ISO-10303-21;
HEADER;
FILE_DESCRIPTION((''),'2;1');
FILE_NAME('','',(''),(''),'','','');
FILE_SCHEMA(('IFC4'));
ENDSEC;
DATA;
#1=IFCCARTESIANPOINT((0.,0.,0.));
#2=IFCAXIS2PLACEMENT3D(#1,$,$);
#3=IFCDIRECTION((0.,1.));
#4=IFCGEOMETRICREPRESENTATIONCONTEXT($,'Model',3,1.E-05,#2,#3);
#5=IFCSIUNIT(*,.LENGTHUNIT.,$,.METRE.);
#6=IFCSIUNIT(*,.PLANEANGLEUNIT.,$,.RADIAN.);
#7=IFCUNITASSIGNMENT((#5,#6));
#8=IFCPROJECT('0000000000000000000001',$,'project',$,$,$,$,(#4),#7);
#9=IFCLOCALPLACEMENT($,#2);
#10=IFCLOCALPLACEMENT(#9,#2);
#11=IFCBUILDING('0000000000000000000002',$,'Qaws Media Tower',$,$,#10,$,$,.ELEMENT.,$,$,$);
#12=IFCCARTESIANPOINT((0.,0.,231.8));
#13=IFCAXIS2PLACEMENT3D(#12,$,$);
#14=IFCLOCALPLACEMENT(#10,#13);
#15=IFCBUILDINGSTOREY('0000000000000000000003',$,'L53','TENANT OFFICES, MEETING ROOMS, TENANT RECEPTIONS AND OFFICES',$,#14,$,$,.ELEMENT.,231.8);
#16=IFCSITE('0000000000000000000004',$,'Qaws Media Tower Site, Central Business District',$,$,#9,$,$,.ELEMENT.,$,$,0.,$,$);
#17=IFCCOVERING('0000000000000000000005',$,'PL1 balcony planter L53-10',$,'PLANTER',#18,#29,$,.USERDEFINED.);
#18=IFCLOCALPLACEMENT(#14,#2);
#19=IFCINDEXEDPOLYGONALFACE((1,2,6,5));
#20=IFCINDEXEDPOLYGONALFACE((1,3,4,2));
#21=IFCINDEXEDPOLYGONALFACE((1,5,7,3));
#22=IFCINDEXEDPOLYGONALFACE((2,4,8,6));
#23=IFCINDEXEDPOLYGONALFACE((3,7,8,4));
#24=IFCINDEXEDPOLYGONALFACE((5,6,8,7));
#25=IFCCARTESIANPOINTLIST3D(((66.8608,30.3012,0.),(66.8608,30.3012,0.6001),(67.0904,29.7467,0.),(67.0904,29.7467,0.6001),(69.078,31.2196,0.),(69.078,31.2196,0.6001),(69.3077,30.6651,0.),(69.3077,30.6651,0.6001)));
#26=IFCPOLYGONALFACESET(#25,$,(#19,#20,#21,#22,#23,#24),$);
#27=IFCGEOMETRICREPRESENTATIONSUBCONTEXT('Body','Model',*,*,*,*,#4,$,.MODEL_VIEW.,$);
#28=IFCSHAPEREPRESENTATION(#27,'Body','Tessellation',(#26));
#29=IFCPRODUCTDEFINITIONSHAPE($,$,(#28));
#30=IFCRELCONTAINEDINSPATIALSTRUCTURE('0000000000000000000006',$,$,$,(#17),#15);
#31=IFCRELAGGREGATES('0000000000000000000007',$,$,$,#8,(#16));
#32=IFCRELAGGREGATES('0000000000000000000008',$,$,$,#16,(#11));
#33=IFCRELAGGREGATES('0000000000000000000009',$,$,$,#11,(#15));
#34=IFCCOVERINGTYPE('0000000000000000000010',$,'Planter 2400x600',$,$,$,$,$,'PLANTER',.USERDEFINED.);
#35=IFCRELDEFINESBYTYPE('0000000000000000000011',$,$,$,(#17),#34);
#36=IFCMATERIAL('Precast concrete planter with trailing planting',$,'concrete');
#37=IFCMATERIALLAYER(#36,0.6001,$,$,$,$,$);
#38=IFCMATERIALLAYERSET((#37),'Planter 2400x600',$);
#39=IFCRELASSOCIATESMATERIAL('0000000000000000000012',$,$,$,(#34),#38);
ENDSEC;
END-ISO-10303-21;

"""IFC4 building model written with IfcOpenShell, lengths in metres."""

from ifc_helpers import new_model, si_unit, direction, frame, origin, origin_2d, place, context, subcontext, project, spatial, rectangle, extrude, material, layer, layer_set, type_object, element, save


model = new_model("IFC4")

# Units and contexts
model_context = context("Model", 3, precision=1e-05, world=origin(), true_north=direction((0.0, 1.0)))
body_context = subcontext(model_context, "Body", "Model", "MODEL_VIEW")
ifc_project = project(units=[si_unit("LENGTHUNIT", "METRE"), si_unit("PLANEANGLEUNIT", "RADIAN")], contexts=[model_context])

# Site, building, storey
site_placement = place(None, origin())
site = spatial("IfcSite", under=ifc_project, at=site_placement, Name="Qaws Media Tower Site, Central Business District", CompositionType="ELEMENT", RefElevation=0.0)
building_placement = place(site_placement, origin())
building = spatial("IfcBuilding", under=site, at=building_placement, Name="Qaws Media Tower", CompositionType="ELEMENT")
storey_placement = place(building_placement, frame((0.0, 0.0, 231.8)))
storey = spatial("IfcBuildingStorey", under=building, at=storey_placement, Name="L53", Description="TENANT OFFICES, MEETING ROOMS, TENANT RECEPTIONS AND OFFICES", CompositionType="ELEMENT", Elevation=231.8)

# Covering
ifc_material_1 = material(Name="Precast concrete planter with trailing planting", Category="concrete")
ifc_layer_1 = layer(ifc_material_1, 0.6001)
ifc_layer_set_1 = layer_set([ifc_layer_1], Name="Planter 2400x600")
covering_type = type_object("IfcCoveringType", Name="Planter 2400x600", ElementType="PLANTER", PredefinedType="USERDEFINED", material=ifc_layer_set_1)
for number, where, z_axis, x_axis, name in (
    (1, (68.0842, 30.4832, 0.0), (0.0, 0.0, 1.0), (0.92388, 0.382683, 0.0), "PL1 balcony planter L53-10"),
):
    element("IfcCovering", number, at=place(storey_placement, frame(where, z_axis=z_axis, x_axis=x_axis)), inside=storey, type_object=covering_type, Name=name, ObjectType="PLANTER", PredefinedType="USERDEFINED", context=body_context, shape_type="SweptSolid", body=[
        extrude(rectangle(XDim=2.3999, YDim=0.6001, at=origin_2d()), origin(), (0.0, 0.0, 1.0), 0.6001),
    ])

save(model, "model.ifc")
